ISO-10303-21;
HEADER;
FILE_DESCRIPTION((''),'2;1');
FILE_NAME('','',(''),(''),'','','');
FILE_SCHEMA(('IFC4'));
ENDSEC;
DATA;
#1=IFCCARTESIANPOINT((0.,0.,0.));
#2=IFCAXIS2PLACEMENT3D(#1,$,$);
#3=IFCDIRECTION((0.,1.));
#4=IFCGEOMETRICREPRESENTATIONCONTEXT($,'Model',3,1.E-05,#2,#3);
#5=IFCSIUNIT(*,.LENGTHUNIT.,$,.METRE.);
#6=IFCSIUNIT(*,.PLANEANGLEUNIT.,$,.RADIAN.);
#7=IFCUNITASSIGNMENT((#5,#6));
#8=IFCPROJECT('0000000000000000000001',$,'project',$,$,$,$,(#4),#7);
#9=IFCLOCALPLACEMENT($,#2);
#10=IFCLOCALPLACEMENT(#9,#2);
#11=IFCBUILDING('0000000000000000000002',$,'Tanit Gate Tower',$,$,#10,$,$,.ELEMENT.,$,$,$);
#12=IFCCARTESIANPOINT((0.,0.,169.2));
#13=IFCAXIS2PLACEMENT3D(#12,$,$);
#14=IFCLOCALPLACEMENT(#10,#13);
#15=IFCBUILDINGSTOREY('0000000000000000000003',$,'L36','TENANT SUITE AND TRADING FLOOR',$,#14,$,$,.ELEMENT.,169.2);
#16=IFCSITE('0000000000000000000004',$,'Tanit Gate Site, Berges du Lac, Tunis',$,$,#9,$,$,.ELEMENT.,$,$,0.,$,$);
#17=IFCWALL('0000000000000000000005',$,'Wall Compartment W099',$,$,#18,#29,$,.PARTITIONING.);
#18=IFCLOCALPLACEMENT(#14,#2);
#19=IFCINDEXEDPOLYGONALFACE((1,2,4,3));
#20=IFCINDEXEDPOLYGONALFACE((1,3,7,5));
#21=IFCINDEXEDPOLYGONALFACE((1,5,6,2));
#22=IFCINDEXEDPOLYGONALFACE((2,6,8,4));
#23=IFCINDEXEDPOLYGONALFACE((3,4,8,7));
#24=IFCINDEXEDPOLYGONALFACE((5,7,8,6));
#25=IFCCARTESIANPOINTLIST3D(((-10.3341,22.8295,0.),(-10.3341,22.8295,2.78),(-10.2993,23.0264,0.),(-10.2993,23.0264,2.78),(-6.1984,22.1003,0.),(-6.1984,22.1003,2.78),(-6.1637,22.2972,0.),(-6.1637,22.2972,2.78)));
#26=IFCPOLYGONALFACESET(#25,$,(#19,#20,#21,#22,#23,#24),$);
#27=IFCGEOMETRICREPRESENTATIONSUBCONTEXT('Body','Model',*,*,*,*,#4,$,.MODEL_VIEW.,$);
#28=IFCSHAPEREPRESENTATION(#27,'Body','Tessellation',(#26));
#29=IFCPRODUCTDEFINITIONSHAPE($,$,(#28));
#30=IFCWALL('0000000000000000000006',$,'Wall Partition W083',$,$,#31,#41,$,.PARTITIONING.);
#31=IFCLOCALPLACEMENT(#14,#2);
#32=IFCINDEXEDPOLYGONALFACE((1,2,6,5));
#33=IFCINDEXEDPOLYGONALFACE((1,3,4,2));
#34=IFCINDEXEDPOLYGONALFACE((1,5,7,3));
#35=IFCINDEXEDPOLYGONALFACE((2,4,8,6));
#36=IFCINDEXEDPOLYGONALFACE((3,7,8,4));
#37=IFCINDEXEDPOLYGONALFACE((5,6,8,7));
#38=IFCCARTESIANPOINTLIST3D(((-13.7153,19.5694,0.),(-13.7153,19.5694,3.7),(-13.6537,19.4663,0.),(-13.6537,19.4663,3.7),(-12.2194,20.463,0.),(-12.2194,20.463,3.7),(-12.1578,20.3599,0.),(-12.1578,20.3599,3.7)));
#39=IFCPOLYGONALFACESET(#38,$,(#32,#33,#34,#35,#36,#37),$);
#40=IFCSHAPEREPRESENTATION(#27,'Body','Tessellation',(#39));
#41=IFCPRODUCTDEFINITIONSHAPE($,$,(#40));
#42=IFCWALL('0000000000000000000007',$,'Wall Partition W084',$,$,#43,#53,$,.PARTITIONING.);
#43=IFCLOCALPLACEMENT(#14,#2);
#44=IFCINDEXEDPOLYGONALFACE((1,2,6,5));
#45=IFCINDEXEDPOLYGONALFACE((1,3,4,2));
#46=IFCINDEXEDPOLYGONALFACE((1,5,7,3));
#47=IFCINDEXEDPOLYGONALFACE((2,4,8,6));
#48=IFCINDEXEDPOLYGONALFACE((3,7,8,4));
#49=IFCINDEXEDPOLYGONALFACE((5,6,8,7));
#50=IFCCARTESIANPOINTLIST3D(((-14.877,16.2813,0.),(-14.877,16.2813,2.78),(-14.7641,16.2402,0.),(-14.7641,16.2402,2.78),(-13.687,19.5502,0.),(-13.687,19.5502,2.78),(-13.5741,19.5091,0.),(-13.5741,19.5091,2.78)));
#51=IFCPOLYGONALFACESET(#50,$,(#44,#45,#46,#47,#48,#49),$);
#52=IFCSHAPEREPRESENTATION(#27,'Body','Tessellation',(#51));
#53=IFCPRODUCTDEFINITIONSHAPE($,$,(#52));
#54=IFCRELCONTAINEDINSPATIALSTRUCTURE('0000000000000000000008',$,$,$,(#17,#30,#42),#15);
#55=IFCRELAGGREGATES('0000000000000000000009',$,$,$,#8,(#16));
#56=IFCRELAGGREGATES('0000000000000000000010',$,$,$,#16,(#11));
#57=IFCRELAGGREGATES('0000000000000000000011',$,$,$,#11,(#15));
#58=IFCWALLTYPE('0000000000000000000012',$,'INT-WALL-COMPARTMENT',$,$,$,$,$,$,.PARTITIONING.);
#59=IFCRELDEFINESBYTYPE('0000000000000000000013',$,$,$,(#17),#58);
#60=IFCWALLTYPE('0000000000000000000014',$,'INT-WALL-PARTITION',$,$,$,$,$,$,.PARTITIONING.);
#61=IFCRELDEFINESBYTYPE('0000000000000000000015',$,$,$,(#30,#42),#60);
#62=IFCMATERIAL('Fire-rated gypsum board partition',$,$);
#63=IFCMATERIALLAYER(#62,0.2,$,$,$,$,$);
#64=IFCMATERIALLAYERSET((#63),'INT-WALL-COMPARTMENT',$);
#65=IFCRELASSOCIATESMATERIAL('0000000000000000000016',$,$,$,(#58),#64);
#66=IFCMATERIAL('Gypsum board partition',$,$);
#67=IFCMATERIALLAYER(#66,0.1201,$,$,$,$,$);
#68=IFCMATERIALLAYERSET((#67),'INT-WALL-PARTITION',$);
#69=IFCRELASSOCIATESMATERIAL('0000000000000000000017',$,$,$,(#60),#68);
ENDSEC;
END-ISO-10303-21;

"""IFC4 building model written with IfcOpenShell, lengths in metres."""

from ifc_helpers import new_model, si_unit, direction, frame, frame_2d, origin, place, context, subcontext, project, spatial, rectangle, extrude, material, layer, layer_set, type_object, element, save


model = new_model("IFC4")

# Units and contexts
model_context = context("Model", 3, precision=1e-05, world=origin(), true_north=direction((0.0, 1.0)))
body_context = subcontext(model_context, "Body", "Model", "MODEL_VIEW")
ifc_project = project(units=[si_unit("LENGTHUNIT", "METRE"), si_unit("PLANEANGLEUNIT", "RADIAN")], contexts=[model_context])

# Site, building, storey
site_placement = place(None, origin())
site = spatial("IfcSite", under=ifc_project, at=site_placement, Name="Tanit Gate Site, Berges du Lac, Tunis", CompositionType="ELEMENT", RefElevation=0.0)
building_placement = place(site_placement, origin())
building = spatial("IfcBuilding", under=site, at=building_placement, Name="Tanit Gate Tower", CompositionType="ELEMENT")
storey_placement = place(building_placement, frame((0.0, 0.0, 169.2)))
storey = spatial("IfcBuildingStorey", under=building, at=storey_placement, Name="L36", Description="TENANT SUITE AND TRADING FLOOR", CompositionType="ELEMENT", Elevation=169.2)

# Walls
ifc_material_1 = material(Name="Fire-rated gypsum board partition")
ifc_layer_1 = layer(ifc_material_1, 0.2)
ifc_layer_set_1 = layer_set([ifc_layer_1], Name="INT-WALL-COMPARTMENT")
wall_type_1 = type_object("IfcWallType", Name="INT-WALL-COMPARTMENT", PredefinedType="PARTITIONING", material=ifc_layer_set_1)
wall_1_placement = place(storey_placement, frame((-6.1812, 22.1987, 0.0), z_axis=(0.0, 0.0, 1.0), x_axis=(-0.984808, 0.173649, 0.0)))
element("IfcWall", 1, at=wall_1_placement, inside=storey, type_object=wall_type_1, Name="Wall Compartment W099", PredefinedType="PARTITIONING", context=body_context, shape_type="SweptSolid", body=[
    extrude(rectangle(XDim=4.1995, YDim=0.2, at=frame_2d((2.0996, 0.0))), origin(), (0.0, 0.0, 1.0), 2.78),
])
ifc_material_2 = material(Name="Gypsum board partition")
ifc_layer_2 = layer(ifc_material_2, 0.1201)
ifc_layer_set_2 = layer_set([ifc_layer_2], Name="INT-WALL-PARTITION")
wall_type_2 = type_object("IfcWallType", Name="INT-WALL-PARTITION", PredefinedType="PARTITIONING", material=ifc_layer_set_2)
wall_2_placement = place(storey_placement, frame((-12.1887, 20.4114, 0.0), z_axis=(0.0, 0.0, 1.0), x_axis=(-0.858493, -0.512826, 0.0)))
element("IfcWall", 2, at=wall_2_placement, inside=storey, type_object=wall_type_2, Name="Wall Partition W083", PredefinedType="PARTITIONING", context=body_context, shape_type="SweptSolid", body=[
    extrude(rectangle(XDim=1.7424, YDim=0.1201, at=frame_2d((0.8711, 0.0))), origin(), (0.0, 0.0, 1.0), 3.7),
])
wall_3_placement = place(storey_placement, frame((-13.6306, 19.5295, 0.0), z_axis=(0.0, 0.0, 1.0), x_axis=(-0.34207, -0.939675, 0.0)))
element("IfcWall", 3, at=wall_3_placement, inside=storey, type_object=wall_type_2, Name="Wall Partition W084", PredefinedType="PARTITIONING", context=body_context, shape_type="SweptSolid", body=[
    extrude(rectangle(XDim=3.4788, YDim=0.1201, at=frame_2d((1.7393, 0.0))), origin(), (0.0, 0.0, 1.0), 2.78),
])

save(model, "model.ifc")
